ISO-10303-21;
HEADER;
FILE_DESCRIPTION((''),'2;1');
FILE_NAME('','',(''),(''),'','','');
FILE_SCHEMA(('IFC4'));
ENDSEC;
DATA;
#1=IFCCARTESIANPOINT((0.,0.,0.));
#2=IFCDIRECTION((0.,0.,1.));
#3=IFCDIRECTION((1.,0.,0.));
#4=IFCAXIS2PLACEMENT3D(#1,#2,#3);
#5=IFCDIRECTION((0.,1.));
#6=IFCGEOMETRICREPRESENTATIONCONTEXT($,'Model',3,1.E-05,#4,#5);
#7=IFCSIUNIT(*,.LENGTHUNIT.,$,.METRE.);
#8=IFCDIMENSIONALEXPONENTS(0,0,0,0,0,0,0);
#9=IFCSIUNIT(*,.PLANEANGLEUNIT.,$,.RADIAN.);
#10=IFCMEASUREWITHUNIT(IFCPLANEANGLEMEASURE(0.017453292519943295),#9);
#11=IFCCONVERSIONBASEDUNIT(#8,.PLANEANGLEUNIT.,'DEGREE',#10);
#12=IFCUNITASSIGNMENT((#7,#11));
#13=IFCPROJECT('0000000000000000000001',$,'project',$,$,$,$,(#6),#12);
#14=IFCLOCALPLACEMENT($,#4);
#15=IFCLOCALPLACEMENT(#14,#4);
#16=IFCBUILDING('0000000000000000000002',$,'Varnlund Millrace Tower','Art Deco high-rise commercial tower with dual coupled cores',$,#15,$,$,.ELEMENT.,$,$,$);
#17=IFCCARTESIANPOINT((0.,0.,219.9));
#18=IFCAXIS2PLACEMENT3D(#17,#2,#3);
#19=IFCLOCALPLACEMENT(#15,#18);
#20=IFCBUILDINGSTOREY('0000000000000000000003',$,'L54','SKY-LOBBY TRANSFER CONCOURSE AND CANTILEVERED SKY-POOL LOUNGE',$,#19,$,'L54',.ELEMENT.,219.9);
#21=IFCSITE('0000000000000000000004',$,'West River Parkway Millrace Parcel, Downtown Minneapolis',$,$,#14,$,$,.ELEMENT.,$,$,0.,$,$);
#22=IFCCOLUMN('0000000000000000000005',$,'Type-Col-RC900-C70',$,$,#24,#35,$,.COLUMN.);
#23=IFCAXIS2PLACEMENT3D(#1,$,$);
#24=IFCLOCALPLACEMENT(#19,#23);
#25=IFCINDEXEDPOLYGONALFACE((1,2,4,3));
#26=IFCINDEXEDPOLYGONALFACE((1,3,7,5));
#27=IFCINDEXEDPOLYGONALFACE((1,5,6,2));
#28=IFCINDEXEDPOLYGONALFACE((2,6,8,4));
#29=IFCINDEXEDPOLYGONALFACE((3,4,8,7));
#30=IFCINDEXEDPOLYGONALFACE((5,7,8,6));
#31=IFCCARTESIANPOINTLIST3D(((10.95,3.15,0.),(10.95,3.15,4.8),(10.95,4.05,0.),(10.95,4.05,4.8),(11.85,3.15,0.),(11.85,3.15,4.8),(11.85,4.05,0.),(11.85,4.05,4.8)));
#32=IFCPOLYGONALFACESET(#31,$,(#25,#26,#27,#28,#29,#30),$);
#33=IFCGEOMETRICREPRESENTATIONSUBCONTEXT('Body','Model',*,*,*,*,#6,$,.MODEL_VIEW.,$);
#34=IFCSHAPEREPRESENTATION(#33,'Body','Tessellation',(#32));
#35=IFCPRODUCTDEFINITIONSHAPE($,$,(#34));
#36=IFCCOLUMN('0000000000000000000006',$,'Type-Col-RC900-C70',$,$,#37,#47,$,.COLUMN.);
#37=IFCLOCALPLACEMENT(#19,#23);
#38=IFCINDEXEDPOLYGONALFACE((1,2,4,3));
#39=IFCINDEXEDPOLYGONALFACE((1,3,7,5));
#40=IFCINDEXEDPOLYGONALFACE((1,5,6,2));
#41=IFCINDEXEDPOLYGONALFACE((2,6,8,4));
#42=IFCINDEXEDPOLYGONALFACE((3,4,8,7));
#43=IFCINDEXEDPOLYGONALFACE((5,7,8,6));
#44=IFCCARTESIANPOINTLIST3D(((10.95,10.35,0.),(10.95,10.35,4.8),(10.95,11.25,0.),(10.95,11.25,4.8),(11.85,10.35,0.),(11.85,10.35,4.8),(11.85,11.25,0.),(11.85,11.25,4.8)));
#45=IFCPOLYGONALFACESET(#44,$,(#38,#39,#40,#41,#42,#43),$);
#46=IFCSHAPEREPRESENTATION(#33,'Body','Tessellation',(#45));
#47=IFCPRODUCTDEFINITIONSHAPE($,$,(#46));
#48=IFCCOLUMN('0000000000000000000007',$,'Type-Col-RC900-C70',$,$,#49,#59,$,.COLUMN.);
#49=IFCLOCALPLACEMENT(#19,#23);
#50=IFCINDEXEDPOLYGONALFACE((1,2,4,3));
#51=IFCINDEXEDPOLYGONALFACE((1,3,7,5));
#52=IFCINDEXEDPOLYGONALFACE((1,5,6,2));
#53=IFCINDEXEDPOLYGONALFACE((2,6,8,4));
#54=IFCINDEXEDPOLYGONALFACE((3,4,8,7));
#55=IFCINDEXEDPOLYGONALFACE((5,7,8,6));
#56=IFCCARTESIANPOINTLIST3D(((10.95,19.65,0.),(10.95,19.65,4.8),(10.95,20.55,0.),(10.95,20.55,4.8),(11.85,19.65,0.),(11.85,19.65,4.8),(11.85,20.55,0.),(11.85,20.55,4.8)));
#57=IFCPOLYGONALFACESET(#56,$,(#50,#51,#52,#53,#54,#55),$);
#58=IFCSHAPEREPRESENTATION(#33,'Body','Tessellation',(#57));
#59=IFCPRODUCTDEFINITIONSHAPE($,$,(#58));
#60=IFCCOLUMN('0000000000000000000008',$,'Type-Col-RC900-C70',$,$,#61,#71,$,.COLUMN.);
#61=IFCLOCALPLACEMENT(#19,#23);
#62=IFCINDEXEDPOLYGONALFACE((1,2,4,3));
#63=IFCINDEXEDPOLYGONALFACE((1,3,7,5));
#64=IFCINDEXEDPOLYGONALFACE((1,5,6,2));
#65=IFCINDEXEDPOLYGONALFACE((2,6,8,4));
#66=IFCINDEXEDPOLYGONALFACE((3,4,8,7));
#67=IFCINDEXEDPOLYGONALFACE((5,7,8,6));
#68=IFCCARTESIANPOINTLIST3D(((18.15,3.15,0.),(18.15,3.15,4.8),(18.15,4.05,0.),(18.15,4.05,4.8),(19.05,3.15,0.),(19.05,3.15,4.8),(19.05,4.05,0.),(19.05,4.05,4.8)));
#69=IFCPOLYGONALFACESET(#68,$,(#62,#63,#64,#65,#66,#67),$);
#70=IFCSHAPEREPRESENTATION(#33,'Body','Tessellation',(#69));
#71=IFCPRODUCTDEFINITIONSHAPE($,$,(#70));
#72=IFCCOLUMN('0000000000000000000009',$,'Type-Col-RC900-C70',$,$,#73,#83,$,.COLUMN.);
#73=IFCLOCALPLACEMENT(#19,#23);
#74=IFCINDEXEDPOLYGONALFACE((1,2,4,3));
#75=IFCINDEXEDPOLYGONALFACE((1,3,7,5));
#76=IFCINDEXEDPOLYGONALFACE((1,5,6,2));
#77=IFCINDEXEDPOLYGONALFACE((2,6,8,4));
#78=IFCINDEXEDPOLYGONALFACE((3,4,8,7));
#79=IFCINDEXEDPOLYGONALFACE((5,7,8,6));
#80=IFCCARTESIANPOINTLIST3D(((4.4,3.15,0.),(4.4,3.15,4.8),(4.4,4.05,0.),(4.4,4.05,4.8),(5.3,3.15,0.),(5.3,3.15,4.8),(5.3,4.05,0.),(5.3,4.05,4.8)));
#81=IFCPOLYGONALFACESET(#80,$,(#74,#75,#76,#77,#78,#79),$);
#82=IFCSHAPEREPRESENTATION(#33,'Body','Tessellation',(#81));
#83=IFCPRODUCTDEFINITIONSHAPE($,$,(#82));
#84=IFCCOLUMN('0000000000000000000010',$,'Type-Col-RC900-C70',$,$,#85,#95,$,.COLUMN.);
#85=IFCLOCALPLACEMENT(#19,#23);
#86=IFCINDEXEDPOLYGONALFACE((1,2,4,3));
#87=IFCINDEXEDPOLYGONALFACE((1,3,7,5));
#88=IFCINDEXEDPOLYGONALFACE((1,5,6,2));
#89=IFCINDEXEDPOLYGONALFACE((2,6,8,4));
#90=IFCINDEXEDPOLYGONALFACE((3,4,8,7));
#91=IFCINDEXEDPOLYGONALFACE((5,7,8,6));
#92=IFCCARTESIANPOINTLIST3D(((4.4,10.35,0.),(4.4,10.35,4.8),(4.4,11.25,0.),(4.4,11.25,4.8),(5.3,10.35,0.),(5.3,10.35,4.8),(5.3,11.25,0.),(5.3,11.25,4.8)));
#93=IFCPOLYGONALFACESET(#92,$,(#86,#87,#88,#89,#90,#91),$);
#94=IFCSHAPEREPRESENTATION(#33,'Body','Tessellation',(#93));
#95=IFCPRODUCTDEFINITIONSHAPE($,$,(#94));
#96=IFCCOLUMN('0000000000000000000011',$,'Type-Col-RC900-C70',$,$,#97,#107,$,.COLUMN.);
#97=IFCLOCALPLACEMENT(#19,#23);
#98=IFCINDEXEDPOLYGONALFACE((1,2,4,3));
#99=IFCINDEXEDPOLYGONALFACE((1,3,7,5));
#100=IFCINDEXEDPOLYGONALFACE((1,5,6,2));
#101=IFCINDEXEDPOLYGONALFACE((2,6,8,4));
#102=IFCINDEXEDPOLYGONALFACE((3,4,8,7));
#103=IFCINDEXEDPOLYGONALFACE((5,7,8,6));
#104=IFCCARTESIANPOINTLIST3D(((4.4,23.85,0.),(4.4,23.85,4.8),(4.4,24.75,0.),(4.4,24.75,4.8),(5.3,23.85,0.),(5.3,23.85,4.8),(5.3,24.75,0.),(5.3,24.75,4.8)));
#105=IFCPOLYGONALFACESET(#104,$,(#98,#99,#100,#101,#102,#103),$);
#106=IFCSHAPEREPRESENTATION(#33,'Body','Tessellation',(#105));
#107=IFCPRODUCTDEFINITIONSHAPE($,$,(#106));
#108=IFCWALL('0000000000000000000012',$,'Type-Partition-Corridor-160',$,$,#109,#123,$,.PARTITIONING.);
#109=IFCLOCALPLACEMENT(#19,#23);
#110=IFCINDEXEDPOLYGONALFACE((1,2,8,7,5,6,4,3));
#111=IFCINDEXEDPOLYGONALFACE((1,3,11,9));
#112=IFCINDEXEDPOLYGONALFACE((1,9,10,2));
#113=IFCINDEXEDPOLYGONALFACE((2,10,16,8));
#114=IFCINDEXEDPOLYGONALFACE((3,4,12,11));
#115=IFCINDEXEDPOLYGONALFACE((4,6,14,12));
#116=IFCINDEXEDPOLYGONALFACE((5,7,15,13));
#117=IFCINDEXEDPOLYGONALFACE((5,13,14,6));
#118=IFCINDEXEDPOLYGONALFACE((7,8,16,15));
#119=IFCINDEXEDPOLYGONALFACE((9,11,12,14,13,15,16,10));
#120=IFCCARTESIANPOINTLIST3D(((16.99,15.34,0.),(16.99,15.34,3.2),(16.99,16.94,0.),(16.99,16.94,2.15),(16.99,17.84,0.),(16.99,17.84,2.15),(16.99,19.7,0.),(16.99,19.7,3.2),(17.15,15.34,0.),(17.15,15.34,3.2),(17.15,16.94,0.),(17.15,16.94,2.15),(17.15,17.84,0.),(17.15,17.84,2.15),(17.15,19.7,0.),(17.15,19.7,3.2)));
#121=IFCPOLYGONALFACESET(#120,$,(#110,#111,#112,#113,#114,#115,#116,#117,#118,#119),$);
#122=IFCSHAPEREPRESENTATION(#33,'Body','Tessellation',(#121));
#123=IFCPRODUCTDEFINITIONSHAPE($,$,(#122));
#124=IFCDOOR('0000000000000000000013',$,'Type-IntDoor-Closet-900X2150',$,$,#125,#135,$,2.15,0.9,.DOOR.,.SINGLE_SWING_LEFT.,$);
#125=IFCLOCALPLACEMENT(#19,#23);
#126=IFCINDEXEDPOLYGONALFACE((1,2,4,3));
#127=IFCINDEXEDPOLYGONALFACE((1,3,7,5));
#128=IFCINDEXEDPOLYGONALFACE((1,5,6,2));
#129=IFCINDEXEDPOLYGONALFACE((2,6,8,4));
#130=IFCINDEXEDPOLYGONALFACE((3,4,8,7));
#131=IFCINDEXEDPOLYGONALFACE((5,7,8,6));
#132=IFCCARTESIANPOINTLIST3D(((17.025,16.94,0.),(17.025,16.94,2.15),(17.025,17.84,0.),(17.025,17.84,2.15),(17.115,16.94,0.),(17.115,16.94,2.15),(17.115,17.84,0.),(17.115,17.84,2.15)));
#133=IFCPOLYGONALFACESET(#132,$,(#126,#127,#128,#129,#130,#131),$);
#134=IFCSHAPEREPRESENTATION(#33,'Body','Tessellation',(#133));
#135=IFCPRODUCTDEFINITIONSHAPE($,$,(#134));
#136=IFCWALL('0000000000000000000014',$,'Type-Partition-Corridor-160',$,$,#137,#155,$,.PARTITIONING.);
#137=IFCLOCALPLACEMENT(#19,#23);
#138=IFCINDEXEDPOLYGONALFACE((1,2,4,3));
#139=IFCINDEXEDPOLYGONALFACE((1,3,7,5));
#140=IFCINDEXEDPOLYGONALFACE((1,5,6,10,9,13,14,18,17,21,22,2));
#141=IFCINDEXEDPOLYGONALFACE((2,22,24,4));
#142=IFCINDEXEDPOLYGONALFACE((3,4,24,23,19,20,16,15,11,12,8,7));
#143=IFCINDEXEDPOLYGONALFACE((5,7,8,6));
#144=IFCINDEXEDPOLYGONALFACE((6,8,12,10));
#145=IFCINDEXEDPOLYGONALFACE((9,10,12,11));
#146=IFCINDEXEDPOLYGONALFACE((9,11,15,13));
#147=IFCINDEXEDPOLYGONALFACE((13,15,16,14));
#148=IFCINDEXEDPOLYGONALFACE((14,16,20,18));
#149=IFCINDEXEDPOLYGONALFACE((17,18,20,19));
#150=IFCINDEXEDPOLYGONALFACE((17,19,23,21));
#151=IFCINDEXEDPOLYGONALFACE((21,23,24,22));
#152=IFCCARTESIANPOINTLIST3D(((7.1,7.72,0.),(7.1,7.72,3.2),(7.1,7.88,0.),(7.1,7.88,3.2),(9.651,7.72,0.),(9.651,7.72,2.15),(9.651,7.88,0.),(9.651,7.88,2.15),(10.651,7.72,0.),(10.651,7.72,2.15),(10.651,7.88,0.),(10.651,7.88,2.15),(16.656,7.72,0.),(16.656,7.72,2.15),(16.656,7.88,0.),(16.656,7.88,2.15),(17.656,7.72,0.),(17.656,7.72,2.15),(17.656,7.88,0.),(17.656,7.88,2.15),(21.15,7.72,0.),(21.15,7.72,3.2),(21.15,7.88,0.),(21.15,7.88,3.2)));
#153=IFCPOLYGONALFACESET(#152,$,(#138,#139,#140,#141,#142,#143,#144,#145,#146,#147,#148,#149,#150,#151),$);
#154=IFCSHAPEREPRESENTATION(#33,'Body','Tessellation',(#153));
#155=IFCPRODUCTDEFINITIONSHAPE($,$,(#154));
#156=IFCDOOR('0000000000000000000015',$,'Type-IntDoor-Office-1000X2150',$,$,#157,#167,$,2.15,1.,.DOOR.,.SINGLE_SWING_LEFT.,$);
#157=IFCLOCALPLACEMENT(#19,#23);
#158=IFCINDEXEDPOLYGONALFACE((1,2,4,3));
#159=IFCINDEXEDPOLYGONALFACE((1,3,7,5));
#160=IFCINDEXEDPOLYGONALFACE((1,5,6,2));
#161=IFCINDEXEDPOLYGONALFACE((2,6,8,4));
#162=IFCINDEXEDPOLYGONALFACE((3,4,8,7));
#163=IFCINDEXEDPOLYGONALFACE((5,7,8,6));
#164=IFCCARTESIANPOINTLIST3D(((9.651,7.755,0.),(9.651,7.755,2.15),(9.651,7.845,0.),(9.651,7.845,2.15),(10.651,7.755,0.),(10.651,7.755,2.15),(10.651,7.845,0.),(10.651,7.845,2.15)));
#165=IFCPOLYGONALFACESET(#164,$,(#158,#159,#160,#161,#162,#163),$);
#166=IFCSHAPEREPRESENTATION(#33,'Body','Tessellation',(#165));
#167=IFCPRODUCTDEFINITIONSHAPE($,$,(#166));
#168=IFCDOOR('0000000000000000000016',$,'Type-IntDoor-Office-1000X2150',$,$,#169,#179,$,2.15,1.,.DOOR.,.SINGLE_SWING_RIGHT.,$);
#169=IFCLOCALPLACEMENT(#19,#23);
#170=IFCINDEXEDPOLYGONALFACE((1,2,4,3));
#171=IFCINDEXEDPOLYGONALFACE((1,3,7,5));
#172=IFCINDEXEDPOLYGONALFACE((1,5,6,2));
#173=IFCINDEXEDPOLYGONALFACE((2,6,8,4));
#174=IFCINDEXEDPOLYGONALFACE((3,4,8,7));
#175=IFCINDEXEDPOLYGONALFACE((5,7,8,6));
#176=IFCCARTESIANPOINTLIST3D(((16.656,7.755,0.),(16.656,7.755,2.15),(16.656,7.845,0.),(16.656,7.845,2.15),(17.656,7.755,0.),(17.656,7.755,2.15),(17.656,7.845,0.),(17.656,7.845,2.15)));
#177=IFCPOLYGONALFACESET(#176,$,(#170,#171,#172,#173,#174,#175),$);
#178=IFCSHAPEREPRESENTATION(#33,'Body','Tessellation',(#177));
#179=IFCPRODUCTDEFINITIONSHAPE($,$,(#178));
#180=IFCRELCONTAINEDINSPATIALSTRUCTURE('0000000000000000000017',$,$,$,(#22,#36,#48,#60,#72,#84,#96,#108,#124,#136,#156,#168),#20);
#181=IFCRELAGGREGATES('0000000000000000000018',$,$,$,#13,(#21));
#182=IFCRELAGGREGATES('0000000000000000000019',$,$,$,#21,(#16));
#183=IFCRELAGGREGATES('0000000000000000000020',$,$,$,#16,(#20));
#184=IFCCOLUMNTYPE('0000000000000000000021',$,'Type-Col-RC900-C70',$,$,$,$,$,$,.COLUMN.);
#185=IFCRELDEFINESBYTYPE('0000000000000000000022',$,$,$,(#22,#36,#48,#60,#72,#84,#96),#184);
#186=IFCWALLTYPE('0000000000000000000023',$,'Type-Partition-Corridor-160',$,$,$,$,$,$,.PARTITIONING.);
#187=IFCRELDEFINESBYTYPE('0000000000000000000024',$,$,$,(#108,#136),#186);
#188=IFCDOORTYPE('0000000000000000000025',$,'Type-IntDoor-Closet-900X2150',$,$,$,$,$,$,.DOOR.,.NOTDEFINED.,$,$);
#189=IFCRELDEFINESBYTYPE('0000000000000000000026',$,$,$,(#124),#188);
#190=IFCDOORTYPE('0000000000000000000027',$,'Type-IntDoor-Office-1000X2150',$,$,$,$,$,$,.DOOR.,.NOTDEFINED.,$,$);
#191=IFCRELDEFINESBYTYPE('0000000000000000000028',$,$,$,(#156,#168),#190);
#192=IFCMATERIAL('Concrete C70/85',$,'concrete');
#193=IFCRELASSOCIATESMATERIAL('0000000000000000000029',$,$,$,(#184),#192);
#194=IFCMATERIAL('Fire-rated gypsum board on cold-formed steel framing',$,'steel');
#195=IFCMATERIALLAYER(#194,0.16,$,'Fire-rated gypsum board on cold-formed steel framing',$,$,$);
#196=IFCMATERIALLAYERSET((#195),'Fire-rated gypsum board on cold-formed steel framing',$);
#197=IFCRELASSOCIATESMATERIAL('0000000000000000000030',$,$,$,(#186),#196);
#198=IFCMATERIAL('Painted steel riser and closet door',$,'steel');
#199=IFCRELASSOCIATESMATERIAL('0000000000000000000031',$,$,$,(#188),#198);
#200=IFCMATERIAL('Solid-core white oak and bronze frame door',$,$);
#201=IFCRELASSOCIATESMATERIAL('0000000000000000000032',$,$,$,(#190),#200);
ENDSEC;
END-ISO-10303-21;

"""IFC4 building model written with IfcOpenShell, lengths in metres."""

from ifc_helpers import new_model, entity, si_unit, converted_unit, direction, frame, origin_with_axes, origin_2d_with_axis, place, context, subcontext, project, spatial, polyline, rectangle, outline, extrude, material, layer, layer_set, material_profile, profile_set, type_object, element, fill, save


model = new_model("IFC4")

# Units and contexts
model_context = context("Model", 3, precision=1e-05, world=origin_with_axes(), true_north=direction((0.0, 1.0)))
body_context = subcontext(model_context, "Body", "Model", "MODEL_VIEW")
ifc_project = project(units=[si_unit("LENGTHUNIT", "METRE"), converted_unit("PLANEANGLEUNIT", "DEGREE", entity("IfcPlaneAngleMeasure", 0.017453292519943295), si_unit("PLANEANGLEUNIT", "RADIAN"), dimensions=[0, 0, 0, 0, 0, 0, 0])], contexts=[model_context])

# Site, building, storey
site_placement = place(None, origin_with_axes())
site = spatial("IfcSite", under=ifc_project, at=site_placement, Name="West River Parkway Millrace Parcel, Downtown Minneapolis", CompositionType="ELEMENT", RefElevation=0.0)
building_placement = place(site_placement, origin_with_axes())
building = spatial("IfcBuilding", under=site, at=building_placement, Name="Varnlund Millrace Tower", Description="Art Deco high-rise commercial tower with dual coupled cores", CompositionType="ELEMENT")
storey_placement = place(building_placement, frame((0.0, 0.0, 219.9), z_axis=(0.0, 0.0, 1.0), x_axis=(1.0, 0.0, 0.0)))
storey = spatial("IfcBuildingStorey", under=building, at=storey_placement, Name="L54", Description="SKY-LOBBY TRANSFER CONCOURSE AND CANTILEVERED SKY-POOL LOUNGE", LongName="L54", CompositionType="ELEMENT", Elevation=219.9)

# Columns
ifc_material_1 = material(Name="Concrete C70/85", Category="concrete")
ifc_material_profile = material_profile(ifc_material_1, rectangle(XDim=0.9, YDim=0.9, at=origin_2d_with_axis()), Name="Concrete C70/85")
ifc_profile_set = profile_set([ifc_material_profile], Name="Concrete C70/85")
column_type = type_object("IfcColumnType", Name="Type-Col-RC900-C70", PredefinedType="COLUMN", material=ifc_profile_set)
for number, where, z_axis, x_axis, name in (
    (1, (11.4, 3.6, 0.0), (0.0, 0.0, 1.0), (1.0, 0.0, 0.0), "Type-Col-RC900-C70"),
    (2, (11.4, 10.8, 0.0), (0.0, 0.0, 1.0), (1.0, 0.0, 0.0), "Type-Col-RC900-C70"),
    (3, (11.4, 20.1, 0.0), (0.0, 0.0, 1.0), (1.0, 0.0, 0.0), "Type-Col-RC900-C70"),
    (4, (18.6, 3.6, 0.0), (0.0, 0.0, 1.0), (1.0, 0.0, 0.0), "Type-Col-RC900-C70"),
    (5, (4.85, 3.6, 0.0), (0.0, 0.0, 1.0), (1.0, 0.0, 0.0), "Type-Col-RC900-C70"),
    (6, (4.85, 10.8, 0.0), (0.0, 0.0, 1.0), (1.0, 0.0, 0.0), "Type-Col-RC900-C70"),
    (7, (4.85, 24.3, 0.0), (0.0, 0.0, 1.0), (1.0, 0.0, 0.0), "Type-Col-RC900-C70"),
):
    element("IfcColumn", number, at=place(storey_placement, frame(where, z_axis=z_axis, x_axis=x_axis)), inside=storey, type_object=column_type, Name=name, PredefinedType="COLUMN", context=body_context, shape_type="SweptSolid", body=[
        extrude(rectangle(XDim=0.9, YDim=0.9, at=origin_2d_with_axis()), origin_with_axes(), (0.0, 0.0, 1.0), 4.8),
    ])

# Wall, opening, door
ifc_material_2 = material(Name="Fire-rated gypsum board on cold-formed steel framing", Category="steel")
ifc_layer_1 = layer(ifc_material_2, 0.16, Name="Fire-rated gypsum board on cold-formed steel framing")
ifc_layer_set_1 = layer_set([ifc_layer_1], Name="Fire-rated gypsum board on cold-formed steel framing")
wall_type_1 = type_object("IfcWallType", Name="Type-Partition-Corridor-160", PredefinedType="PARTITIONING", material=ifc_layer_set_1)
wall_1_placement = place(storey_placement, frame((17.07, 15.34, 0.0), z_axis=(0.0, 0.0, 1.0), x_axis=(0.0, 1.0, 0.0)))
wall_1 = element("IfcWall", 8, at=wall_1_placement, inside=storey, type_object=wall_type_1, Name="Type-Partition-Corridor-160", PredefinedType="PARTITIONING", context=body_context, shape_type="SweptSolid", body=[
    extrude(outline(polyline([(0.0, -0.08), (4.36, -0.08), (4.36, 0.08), (0.0, 0.08), (0.0, -0.08)])), origin_with_axes(), (0.0, 0.0, 1.0), 3.2),
])
opening_1_placement = place(wall_1_placement, frame((2.05, 0.0, 0.0), z_axis=(0.0, 0.0, 1.0), x_axis=(1.0, 0.0, 0.0)))
opening_1 = element("IfcOpeningElement", 9, at=opening_1_placement, cuts=wall_1, PredefinedType="OPENING", context=body_context, shape_type="SweptSolid", body=[
    extrude(rectangle(XDim=0.9, YDim=0.18, at=origin_2d_with_axis()), origin_with_axes(), (0.0, 0.0, 1.0), 2.15),
])
ifc_material_3 = material(Name="Painted steel riser and closet door", Category="steel")
door_type_1 = type_object("IfcDoorType", Name="Type-IntDoor-Closet-900X2150", OperationType="NOTDEFINED", PredefinedType="DOOR", material=ifc_material_3)
door_1_placement = place(wall_1_placement, frame((2.05, 0.0, 0.0), z_axis=(0.0, 0.0, 1.0), x_axis=(1.0, 0.0, 0.0)))
door_1 = element("IfcDoor", 10, at=door_1_placement, inside=storey, type_object=door_type_1, Name="Type-IntDoor-Closet-900X2150", OperationType="SINGLE_SWING_LEFT", OverallHeight=2.15, OverallWidth=0.9, PredefinedType="DOOR", context=body_context, shape_type="SweptSolid", body=[
    extrude(rectangle(XDim=0.9, YDim=0.09, at=origin_2d_with_axis()), origin_with_axes(), (0.0, 0.0, 1.0), 2.15),
])
fill(opening_1, door_1)

# Wall, openings, doors
wall_2_placement = place(storey_placement, frame((7.1, 7.8, 0.0), z_axis=(0.0, 0.0, 1.0), x_axis=(1.0, 0.0, 0.0)))
wall_2 = element("IfcWall", 11, at=wall_2_placement, inside=storey, type_object=wall_type_1, Name="Type-Partition-Corridor-160", PredefinedType="PARTITIONING", context=body_context, shape_type="SweptSolid", body=[
    extrude(outline(polyline([(0.0, -0.08), (14.05, -0.08), (14.05, 0.08), (0.0, 0.08), (0.0, -0.08)])), origin_with_axes(), (0.0, 0.0, 1.0), 3.2),
])
opening_2_placement = place(wall_2_placement, frame((3.051, 0.0, 0.0), z_axis=(0.0, 0.0, 1.0), x_axis=(1.0, 0.0, 0.0)))
opening_2 = element("IfcOpeningElement", 12, at=opening_2_placement, cuts=wall_2, PredefinedType="OPENING", context=body_context, shape_type="SweptSolid", body=[
    extrude(rectangle(XDim=1.0, YDim=0.18, at=origin_2d_with_axis()), origin_with_axes(), (0.0, 0.0, 1.0), 2.15),
])
opening_3_placement = place(wall_2_placement, frame((10.056, 0.0, 0.0), z_axis=(0.0, 0.0, 1.0), x_axis=(1.0, 0.0, 0.0)))
opening_3 = element("IfcOpeningElement", 13, at=opening_3_placement, cuts=wall_2, PredefinedType="OPENING", context=body_context, shape_type="SweptSolid", body=[
    extrude(rectangle(XDim=1.0, YDim=0.18, at=origin_2d_with_axis()), origin_with_axes(), (0.0, 0.0, 1.0), 2.15),
])
ifc_material_4 = material(Name="Solid-core white oak and bronze frame door")
door_type_2 = type_object("IfcDoorType", Name="Type-IntDoor-Office-1000X2150", OperationType="NOTDEFINED", PredefinedType="DOOR", material=ifc_material_4)
door_2_placement = place(wall_2_placement, frame((3.051, 0.0, 0.0), z_axis=(0.0, 0.0, 1.0), x_axis=(1.0, 0.0, 0.0)))
door_2 = element("IfcDoor", 14, at=door_2_placement, inside=storey, type_object=door_type_2, Name="Type-IntDoor-Office-1000X2150", OperationType="SINGLE_SWING_LEFT", OverallHeight=2.15, OverallWidth=1.0, PredefinedType="DOOR", context=body_context, shape_type="SweptSolid", body=[
    extrude(rectangle(XDim=1.0, YDim=0.09, at=origin_2d_with_axis()), origin_with_axes(), (0.0, 0.0, 1.0), 2.15),
])
fill(opening_2, door_2)
door_3_placement = place(wall_2_placement, frame((10.056, 0.0, 0.0), z_axis=(0.0, 0.0, 1.0), x_axis=(1.0, 0.0, 0.0)))
door_3 = element("IfcDoor", 15, at=door_3_placement, inside=storey, type_object=door_type_2, Name="Type-IntDoor-Office-1000X2150", OperationType="SINGLE_SWING_RIGHT", OverallHeight=2.15, OverallWidth=1.0, PredefinedType="DOOR", context=body_context, shape_type="SweptSolid", body=[
    extrude(rectangle(XDim=1.0, YDim=0.09, at=origin_2d_with_axis()), origin_with_axes(), (0.0, 0.0, 1.0), 2.15),
])
fill(opening_3, door_3)

save(model, "model.ifc")
